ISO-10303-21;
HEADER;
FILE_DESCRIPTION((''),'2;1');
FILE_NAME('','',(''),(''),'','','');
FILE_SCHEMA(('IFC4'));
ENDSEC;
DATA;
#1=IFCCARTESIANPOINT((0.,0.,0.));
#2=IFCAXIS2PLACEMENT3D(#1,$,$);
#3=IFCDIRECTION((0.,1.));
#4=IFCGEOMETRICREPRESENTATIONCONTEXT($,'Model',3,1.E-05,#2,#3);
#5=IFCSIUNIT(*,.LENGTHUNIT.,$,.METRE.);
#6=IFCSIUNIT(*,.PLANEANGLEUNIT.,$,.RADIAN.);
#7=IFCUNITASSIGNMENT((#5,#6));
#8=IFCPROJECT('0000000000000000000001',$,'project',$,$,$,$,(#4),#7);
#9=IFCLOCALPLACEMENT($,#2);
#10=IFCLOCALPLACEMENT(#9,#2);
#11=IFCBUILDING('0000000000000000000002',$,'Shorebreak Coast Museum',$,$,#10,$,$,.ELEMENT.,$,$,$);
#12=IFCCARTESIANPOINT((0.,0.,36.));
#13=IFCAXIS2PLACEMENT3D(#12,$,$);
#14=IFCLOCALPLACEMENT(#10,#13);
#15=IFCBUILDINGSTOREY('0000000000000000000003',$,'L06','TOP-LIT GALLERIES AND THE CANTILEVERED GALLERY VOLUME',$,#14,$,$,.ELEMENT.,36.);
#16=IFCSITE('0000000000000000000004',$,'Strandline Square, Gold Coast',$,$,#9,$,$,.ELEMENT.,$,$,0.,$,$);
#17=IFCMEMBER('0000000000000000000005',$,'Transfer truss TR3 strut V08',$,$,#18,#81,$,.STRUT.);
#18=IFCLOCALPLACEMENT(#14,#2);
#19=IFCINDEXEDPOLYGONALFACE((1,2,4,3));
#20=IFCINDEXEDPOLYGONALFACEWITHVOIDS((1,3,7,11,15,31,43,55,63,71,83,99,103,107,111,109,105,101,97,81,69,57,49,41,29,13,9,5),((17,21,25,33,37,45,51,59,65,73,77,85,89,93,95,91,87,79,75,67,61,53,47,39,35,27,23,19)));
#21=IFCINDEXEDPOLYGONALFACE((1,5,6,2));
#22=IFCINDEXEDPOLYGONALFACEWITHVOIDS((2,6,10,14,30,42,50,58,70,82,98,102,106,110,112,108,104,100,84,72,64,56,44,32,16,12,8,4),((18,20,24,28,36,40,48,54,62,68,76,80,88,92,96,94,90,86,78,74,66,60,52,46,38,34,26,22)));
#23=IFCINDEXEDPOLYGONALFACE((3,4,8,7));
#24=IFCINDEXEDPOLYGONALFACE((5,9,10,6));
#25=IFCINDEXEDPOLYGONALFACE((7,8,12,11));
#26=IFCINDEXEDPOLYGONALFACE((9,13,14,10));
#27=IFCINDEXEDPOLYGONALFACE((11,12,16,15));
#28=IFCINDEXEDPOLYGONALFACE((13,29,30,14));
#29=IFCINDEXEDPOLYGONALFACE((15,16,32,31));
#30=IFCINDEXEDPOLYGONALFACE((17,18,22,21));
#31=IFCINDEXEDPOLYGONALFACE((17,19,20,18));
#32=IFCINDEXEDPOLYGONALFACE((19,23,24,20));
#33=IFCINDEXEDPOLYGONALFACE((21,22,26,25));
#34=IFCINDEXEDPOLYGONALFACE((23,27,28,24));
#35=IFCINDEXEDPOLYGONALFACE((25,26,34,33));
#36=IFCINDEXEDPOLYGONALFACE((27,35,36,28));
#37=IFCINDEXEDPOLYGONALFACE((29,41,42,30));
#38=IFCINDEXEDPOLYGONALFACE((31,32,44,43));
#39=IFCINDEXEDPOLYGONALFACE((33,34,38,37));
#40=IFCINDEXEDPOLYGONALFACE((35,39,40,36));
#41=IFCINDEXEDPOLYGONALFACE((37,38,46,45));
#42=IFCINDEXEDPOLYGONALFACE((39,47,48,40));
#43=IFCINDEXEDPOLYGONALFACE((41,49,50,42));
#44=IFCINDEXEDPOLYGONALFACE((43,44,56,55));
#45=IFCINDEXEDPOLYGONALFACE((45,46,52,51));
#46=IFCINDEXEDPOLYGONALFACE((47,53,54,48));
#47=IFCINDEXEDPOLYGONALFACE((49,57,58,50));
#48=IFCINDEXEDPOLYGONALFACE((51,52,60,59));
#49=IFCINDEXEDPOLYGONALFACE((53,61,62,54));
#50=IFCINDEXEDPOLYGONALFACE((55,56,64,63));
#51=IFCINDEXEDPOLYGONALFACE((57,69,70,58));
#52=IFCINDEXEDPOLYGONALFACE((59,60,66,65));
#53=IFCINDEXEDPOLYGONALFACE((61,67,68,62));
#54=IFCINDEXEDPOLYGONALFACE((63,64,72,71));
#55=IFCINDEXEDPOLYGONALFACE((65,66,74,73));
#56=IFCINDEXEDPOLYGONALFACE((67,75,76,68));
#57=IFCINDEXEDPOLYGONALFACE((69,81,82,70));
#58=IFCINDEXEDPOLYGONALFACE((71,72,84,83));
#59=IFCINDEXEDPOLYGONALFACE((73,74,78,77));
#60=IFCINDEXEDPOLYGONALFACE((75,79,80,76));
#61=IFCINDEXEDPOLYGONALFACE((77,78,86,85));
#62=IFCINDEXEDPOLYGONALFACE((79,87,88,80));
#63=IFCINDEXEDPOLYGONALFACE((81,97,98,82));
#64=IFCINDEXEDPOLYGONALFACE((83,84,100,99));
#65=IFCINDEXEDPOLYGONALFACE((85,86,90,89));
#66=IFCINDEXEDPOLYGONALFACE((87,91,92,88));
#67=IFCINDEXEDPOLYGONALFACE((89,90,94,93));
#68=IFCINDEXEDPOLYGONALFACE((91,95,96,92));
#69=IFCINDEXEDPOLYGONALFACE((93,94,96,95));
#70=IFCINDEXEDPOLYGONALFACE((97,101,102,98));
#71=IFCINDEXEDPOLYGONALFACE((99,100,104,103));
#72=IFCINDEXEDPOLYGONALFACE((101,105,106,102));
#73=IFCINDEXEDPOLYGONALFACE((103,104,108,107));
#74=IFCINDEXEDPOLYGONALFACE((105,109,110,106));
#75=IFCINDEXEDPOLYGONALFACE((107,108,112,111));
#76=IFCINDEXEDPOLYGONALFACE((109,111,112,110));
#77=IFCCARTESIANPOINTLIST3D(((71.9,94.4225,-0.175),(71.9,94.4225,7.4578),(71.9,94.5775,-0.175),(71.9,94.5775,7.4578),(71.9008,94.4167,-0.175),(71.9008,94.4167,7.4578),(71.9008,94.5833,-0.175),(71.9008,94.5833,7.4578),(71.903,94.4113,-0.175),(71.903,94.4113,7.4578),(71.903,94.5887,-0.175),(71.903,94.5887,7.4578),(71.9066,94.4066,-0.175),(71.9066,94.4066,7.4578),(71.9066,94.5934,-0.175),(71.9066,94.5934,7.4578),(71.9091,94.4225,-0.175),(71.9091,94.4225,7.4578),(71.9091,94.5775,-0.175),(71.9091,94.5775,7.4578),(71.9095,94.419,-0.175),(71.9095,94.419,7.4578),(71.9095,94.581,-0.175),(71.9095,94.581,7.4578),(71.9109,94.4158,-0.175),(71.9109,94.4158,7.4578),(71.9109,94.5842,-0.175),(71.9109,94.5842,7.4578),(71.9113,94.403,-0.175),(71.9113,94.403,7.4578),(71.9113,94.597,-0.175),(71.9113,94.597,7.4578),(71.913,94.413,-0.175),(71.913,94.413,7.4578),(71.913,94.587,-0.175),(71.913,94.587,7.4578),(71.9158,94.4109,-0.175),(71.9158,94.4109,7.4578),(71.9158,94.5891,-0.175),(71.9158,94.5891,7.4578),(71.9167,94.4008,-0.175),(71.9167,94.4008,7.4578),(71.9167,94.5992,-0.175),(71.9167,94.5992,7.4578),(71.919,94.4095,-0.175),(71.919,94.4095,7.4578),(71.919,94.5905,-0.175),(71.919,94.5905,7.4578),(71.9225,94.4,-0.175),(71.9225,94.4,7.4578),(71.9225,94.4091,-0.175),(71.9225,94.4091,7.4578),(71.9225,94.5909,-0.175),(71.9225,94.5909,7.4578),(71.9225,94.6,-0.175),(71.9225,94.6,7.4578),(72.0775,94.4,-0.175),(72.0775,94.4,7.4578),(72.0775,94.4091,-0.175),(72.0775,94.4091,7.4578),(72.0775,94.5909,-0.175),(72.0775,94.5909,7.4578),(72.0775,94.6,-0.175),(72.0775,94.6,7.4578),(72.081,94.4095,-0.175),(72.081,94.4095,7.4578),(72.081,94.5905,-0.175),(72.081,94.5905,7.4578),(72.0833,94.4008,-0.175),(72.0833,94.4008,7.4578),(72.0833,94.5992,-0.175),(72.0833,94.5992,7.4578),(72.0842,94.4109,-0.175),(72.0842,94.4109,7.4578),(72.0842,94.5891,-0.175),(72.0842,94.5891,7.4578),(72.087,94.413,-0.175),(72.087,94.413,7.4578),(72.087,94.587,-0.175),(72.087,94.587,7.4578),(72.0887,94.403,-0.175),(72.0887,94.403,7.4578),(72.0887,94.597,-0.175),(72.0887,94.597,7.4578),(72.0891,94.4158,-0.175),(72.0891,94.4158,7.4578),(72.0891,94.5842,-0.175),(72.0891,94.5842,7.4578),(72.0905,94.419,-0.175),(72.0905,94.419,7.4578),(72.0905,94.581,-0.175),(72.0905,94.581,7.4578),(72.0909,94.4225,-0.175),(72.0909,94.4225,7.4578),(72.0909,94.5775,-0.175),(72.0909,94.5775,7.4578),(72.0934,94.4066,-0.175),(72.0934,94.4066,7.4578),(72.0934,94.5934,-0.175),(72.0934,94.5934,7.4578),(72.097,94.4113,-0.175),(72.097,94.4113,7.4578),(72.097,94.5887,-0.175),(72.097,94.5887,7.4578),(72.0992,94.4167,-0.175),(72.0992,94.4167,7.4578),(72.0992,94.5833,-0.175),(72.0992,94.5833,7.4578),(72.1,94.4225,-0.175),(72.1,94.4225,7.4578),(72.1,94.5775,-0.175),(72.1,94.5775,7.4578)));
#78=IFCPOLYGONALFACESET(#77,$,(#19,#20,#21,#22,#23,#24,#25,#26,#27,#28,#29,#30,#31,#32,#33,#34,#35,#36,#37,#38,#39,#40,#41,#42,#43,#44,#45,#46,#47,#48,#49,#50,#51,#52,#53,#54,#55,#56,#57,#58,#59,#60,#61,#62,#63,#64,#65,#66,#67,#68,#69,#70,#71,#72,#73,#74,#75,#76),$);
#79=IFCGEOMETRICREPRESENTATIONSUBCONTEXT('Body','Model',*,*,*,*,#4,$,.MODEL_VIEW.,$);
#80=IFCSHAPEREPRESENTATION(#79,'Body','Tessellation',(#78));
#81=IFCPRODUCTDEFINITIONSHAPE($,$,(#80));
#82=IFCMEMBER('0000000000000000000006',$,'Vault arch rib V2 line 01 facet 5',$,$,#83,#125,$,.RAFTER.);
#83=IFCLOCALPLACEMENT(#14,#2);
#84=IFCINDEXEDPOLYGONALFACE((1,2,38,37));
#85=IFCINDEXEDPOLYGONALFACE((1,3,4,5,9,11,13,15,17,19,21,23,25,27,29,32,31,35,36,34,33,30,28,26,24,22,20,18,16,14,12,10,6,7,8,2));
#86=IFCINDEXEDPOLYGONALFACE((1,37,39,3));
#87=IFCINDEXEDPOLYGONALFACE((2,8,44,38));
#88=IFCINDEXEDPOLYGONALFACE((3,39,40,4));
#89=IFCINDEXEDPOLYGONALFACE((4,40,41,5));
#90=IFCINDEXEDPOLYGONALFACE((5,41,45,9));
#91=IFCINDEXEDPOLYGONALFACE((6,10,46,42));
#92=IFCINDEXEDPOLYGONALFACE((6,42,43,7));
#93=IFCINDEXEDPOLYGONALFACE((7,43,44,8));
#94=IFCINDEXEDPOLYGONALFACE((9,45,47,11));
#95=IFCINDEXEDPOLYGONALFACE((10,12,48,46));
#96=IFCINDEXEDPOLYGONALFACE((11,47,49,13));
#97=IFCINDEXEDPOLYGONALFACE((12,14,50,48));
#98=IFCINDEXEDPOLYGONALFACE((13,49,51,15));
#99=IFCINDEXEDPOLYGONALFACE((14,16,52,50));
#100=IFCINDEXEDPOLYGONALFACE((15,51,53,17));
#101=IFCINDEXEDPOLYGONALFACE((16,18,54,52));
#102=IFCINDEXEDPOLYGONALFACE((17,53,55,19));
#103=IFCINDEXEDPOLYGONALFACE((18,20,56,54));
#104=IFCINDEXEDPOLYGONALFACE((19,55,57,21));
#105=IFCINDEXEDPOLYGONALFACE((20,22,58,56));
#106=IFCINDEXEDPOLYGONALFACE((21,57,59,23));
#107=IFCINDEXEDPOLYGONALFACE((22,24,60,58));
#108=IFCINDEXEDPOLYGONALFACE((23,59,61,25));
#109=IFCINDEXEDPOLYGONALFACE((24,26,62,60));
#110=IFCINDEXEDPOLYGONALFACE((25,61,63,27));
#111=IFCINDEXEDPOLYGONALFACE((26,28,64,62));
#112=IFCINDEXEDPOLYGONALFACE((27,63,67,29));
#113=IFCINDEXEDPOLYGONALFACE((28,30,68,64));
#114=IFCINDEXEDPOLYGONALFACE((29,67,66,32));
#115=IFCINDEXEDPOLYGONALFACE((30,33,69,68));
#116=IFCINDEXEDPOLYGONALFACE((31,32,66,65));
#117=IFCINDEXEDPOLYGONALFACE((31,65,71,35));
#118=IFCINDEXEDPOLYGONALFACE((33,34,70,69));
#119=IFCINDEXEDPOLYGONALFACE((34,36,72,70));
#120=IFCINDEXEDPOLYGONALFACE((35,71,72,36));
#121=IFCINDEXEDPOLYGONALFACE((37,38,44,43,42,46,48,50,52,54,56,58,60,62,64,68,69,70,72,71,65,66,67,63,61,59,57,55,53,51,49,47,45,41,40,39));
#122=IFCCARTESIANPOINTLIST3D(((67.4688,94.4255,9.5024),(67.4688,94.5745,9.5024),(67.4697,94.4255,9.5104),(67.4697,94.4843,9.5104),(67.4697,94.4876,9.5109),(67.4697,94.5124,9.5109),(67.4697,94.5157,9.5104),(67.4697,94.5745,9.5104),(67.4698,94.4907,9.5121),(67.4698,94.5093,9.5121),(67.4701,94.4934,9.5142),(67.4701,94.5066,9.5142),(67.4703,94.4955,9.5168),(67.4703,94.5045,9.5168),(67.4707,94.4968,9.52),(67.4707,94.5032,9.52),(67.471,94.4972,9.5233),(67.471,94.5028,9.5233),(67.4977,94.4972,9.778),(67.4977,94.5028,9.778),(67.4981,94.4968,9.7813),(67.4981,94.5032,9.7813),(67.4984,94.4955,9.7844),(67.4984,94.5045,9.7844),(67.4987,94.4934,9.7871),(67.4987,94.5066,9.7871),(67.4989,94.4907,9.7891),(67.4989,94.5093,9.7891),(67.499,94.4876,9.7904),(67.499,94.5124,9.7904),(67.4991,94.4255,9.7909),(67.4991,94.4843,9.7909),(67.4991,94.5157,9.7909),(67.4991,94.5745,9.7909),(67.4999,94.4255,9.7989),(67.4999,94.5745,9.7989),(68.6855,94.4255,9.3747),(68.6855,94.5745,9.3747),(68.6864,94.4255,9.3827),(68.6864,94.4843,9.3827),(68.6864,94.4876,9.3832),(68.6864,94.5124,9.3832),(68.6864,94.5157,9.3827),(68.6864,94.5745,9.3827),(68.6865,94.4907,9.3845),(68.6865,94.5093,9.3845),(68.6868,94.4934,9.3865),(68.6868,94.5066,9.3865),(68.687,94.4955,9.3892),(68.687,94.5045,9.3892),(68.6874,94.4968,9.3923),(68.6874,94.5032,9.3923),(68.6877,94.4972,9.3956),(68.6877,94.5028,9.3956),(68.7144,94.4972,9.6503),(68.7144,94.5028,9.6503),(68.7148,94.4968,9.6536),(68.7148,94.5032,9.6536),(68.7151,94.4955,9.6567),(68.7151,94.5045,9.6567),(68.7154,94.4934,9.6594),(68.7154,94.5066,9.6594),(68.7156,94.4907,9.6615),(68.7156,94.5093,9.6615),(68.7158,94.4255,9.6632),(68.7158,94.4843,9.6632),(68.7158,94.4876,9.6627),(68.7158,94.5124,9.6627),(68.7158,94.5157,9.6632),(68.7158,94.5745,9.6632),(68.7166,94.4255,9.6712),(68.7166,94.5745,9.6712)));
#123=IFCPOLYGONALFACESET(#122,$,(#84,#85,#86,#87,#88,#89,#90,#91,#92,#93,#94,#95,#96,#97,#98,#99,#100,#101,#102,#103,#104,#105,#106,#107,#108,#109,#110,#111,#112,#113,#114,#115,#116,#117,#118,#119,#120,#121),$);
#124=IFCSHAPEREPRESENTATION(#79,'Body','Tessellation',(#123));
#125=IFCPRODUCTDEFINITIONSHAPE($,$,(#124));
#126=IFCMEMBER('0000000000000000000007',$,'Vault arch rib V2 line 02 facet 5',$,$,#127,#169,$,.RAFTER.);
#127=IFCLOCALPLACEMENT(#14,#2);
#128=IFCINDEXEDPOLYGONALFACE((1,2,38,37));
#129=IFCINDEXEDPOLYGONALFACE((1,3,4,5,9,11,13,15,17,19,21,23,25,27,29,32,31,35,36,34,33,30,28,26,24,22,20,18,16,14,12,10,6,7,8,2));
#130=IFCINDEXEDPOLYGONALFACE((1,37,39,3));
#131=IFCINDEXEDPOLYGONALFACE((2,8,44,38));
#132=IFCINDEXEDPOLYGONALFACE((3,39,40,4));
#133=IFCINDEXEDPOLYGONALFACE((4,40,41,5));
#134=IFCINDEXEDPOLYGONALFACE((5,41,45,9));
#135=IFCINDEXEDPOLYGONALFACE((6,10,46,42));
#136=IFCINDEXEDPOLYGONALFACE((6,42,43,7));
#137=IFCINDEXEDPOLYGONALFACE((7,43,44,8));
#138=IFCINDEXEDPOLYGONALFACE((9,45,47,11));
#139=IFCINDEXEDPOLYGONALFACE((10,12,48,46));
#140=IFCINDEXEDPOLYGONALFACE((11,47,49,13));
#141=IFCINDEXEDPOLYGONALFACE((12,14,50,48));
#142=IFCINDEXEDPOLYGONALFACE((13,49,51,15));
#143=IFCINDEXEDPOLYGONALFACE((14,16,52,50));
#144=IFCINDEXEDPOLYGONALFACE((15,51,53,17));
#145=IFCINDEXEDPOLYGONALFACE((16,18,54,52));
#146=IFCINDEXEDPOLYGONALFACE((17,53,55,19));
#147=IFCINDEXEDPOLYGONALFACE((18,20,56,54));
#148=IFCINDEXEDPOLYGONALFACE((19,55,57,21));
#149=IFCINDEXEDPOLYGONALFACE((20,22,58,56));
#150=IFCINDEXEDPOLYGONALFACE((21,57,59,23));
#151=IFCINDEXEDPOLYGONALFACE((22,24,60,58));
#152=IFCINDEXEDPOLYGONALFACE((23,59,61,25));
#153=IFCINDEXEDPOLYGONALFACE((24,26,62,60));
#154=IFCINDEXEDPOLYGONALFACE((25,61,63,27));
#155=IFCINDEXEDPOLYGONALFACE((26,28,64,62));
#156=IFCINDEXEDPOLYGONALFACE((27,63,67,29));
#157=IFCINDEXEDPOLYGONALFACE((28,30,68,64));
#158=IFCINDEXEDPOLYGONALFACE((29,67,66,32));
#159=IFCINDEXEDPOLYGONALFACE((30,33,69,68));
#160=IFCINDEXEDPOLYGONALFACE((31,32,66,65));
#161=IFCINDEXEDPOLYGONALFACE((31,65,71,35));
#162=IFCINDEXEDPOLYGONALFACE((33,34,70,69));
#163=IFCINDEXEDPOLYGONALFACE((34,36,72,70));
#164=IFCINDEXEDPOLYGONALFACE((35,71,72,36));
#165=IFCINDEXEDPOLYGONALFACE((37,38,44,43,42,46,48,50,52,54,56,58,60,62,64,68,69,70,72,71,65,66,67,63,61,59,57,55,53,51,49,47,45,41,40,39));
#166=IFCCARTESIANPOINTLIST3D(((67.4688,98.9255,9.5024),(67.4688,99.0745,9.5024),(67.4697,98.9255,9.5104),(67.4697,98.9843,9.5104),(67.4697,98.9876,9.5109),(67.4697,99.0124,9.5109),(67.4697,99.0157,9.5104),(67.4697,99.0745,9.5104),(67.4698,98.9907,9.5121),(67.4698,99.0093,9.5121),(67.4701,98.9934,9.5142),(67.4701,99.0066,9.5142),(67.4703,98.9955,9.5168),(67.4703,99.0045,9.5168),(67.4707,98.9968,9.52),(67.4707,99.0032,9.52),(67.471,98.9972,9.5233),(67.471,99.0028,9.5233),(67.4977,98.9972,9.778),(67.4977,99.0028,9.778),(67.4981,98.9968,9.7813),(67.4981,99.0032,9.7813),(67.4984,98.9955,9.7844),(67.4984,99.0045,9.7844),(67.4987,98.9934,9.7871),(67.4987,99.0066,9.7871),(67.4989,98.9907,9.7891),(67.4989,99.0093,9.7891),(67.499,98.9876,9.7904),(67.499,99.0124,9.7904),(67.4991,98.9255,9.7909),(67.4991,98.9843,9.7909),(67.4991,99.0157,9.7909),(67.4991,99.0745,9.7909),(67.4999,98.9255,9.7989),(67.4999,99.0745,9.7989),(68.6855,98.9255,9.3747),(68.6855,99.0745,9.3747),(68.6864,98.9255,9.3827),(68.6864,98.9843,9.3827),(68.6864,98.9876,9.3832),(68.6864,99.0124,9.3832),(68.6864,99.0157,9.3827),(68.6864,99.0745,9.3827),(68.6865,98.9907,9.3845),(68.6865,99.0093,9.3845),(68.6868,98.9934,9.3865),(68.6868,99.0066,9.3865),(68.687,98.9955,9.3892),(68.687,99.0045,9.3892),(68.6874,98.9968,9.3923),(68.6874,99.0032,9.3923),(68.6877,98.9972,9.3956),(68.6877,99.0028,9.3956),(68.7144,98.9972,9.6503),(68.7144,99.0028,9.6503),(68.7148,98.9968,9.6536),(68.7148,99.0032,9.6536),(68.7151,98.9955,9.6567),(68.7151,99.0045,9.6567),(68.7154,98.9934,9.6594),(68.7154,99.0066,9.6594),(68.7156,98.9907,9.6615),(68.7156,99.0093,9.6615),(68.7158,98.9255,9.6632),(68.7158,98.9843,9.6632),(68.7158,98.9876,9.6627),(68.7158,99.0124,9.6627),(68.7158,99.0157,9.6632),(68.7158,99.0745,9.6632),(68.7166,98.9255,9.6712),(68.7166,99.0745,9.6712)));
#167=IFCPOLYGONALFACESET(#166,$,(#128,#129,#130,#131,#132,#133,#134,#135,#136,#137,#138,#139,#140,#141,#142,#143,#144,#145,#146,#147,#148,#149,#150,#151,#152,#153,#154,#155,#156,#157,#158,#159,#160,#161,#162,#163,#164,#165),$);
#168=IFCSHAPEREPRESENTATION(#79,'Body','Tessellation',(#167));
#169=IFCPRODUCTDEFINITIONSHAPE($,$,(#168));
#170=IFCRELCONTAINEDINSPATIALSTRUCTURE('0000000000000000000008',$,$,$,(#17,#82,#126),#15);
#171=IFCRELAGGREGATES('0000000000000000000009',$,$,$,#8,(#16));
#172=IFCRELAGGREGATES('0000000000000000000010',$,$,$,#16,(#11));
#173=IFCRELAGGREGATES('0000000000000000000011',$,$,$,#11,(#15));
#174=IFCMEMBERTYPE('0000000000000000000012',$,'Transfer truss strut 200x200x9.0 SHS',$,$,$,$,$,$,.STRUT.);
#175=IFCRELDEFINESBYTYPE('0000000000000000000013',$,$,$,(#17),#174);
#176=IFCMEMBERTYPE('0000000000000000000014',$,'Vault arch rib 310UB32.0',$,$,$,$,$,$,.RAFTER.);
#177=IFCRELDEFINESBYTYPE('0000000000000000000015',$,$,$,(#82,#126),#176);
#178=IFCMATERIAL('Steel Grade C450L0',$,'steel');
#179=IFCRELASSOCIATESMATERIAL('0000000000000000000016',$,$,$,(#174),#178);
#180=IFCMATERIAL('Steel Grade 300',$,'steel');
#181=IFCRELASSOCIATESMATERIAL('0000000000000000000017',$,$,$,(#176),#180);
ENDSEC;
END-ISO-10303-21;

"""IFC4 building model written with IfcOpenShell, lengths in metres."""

from ifc_helpers import new_model, si_unit, direction, frame, origin, origin_2d, place, context, subcontext, project, spatial, hollow_rectangle, i_section, extrude, material, material_profile, profile_set, type_object, element, save


model = new_model("IFC4")

# Units and contexts
model_context = context("Model", 3, precision=1e-05, world=origin(), true_north=direction((0.0, 1.0)))
body_context = subcontext(model_context, "Body", "Model", "MODEL_VIEW")
ifc_project = project(units=[si_unit("LENGTHUNIT", "METRE"), si_unit("PLANEANGLEUNIT", "RADIAN")], contexts=[model_context])

# Site, building, storey
site_placement = place(None, origin())
site = spatial("IfcSite", under=ifc_project, at=site_placement, Name="Strandline Square, Gold Coast", CompositionType="ELEMENT", RefElevation=0.0)
building_placement = place(site_placement, origin())
building = spatial("IfcBuilding", under=site, at=building_placement, Name="Shorebreak Coast Museum", CompositionType="ELEMENT")
storey_placement = place(building_placement, frame((0.0, 0.0, 36.0)))
storey = spatial("IfcBuildingStorey", under=building, at=storey_placement, Name="L06", Description="TOP-LIT GALLERIES AND THE CANTILEVERED GALLERY VOLUME", CompositionType="ELEMENT", Elevation=36.0)

# Members
ifc_material_1 = material(Name="Steel Grade C450L0", Category="steel")
ifc_material_profile_1 = material_profile(ifc_material_1, hollow_rectangle(XDim=0.2, YDim=0.2, WallThickness=0.009, InnerFilletRadius=0.0134, OuterFilletRadius=0.0225, at=origin_2d()), Name="200x200x9.0 SHS")
ifc_profile_set_1 = profile_set([ifc_material_profile_1], Name="Steel Grade C450L0")
member_type_1 = type_object("IfcMemberType", Name="Transfer truss strut 200x200x9.0 SHS", PredefinedType="STRUT", material=ifc_profile_set_1)
member_1_placement = place(storey_placement, frame((72.0, 94.5, -0.175), z_axis=(0.0, 0.0, 1.0), x_axis=(1.0, 0.0, 0.0)))
element("IfcMember", 1, at=member_1_placement, inside=storey, type_object=member_type_1, Name="Transfer truss TR3 strut V08", PredefinedType="STRUT", context=body_context, shape_type="SweptSolid", body=[
    extrude(hollow_rectangle(XDim=0.2, YDim=0.2, WallThickness=0.009, InnerFilletRadius=0.0134, OuterFilletRadius=0.0225, at=origin_2d()), origin(), (0.0, 0.0, 1.0), 7.6328),
])
ifc_material_2 = material(Name="Steel Grade 300", Category="steel")
ifc_material_profile_2 = material_profile(ifc_material_2, i_section(OverallWidth=0.1489, OverallDepth=0.2981, WebThickness=0.0056, FlangeThickness=0.0081, FilletRadius=0.0129, at=origin_2d()), Name="310UB32.0")
ifc_profile_set_2 = profile_set([ifc_material_profile_2], Name="Steel Grade 300")
member_type_2 = type_object("IfcMemberType", Name="Vault arch rib 310UB32.0", PredefinedType="RAFTER", material=ifc_profile_set_2)
for number, where, z_axis, x_axis, name in (
    (2, (67.4844, 94.5, 9.6506), (0.994539, 0.0, -0.104363), (0.0, 1.0, 0.0), "Vault arch rib V2 line 01 facet 5"),
    (3, (67.4844, 99.0, 9.6506), (0.994539, 0.0, -0.104363), (0.0, 1.0, 0.0), "Vault arch rib V2 line 02 facet 5"),
):
    element("IfcMember", number, at=place(storey_placement, frame(where, z_axis=z_axis, x_axis=x_axis)), inside=storey, type_object=member_type_2, Name=name, PredefinedType="RAFTER", context=body_context, shape_type="SweptSolid", body=[
        extrude(i_section(OverallWidth=0.1489, OverallDepth=0.2981, WebThickness=0.0056, FlangeThickness=0.0081, FilletRadius=0.0129, at=origin_2d()), origin(), (0.0, 0.0, 1.0), 1.2234),
    ])

save(model, "model.ifc")
